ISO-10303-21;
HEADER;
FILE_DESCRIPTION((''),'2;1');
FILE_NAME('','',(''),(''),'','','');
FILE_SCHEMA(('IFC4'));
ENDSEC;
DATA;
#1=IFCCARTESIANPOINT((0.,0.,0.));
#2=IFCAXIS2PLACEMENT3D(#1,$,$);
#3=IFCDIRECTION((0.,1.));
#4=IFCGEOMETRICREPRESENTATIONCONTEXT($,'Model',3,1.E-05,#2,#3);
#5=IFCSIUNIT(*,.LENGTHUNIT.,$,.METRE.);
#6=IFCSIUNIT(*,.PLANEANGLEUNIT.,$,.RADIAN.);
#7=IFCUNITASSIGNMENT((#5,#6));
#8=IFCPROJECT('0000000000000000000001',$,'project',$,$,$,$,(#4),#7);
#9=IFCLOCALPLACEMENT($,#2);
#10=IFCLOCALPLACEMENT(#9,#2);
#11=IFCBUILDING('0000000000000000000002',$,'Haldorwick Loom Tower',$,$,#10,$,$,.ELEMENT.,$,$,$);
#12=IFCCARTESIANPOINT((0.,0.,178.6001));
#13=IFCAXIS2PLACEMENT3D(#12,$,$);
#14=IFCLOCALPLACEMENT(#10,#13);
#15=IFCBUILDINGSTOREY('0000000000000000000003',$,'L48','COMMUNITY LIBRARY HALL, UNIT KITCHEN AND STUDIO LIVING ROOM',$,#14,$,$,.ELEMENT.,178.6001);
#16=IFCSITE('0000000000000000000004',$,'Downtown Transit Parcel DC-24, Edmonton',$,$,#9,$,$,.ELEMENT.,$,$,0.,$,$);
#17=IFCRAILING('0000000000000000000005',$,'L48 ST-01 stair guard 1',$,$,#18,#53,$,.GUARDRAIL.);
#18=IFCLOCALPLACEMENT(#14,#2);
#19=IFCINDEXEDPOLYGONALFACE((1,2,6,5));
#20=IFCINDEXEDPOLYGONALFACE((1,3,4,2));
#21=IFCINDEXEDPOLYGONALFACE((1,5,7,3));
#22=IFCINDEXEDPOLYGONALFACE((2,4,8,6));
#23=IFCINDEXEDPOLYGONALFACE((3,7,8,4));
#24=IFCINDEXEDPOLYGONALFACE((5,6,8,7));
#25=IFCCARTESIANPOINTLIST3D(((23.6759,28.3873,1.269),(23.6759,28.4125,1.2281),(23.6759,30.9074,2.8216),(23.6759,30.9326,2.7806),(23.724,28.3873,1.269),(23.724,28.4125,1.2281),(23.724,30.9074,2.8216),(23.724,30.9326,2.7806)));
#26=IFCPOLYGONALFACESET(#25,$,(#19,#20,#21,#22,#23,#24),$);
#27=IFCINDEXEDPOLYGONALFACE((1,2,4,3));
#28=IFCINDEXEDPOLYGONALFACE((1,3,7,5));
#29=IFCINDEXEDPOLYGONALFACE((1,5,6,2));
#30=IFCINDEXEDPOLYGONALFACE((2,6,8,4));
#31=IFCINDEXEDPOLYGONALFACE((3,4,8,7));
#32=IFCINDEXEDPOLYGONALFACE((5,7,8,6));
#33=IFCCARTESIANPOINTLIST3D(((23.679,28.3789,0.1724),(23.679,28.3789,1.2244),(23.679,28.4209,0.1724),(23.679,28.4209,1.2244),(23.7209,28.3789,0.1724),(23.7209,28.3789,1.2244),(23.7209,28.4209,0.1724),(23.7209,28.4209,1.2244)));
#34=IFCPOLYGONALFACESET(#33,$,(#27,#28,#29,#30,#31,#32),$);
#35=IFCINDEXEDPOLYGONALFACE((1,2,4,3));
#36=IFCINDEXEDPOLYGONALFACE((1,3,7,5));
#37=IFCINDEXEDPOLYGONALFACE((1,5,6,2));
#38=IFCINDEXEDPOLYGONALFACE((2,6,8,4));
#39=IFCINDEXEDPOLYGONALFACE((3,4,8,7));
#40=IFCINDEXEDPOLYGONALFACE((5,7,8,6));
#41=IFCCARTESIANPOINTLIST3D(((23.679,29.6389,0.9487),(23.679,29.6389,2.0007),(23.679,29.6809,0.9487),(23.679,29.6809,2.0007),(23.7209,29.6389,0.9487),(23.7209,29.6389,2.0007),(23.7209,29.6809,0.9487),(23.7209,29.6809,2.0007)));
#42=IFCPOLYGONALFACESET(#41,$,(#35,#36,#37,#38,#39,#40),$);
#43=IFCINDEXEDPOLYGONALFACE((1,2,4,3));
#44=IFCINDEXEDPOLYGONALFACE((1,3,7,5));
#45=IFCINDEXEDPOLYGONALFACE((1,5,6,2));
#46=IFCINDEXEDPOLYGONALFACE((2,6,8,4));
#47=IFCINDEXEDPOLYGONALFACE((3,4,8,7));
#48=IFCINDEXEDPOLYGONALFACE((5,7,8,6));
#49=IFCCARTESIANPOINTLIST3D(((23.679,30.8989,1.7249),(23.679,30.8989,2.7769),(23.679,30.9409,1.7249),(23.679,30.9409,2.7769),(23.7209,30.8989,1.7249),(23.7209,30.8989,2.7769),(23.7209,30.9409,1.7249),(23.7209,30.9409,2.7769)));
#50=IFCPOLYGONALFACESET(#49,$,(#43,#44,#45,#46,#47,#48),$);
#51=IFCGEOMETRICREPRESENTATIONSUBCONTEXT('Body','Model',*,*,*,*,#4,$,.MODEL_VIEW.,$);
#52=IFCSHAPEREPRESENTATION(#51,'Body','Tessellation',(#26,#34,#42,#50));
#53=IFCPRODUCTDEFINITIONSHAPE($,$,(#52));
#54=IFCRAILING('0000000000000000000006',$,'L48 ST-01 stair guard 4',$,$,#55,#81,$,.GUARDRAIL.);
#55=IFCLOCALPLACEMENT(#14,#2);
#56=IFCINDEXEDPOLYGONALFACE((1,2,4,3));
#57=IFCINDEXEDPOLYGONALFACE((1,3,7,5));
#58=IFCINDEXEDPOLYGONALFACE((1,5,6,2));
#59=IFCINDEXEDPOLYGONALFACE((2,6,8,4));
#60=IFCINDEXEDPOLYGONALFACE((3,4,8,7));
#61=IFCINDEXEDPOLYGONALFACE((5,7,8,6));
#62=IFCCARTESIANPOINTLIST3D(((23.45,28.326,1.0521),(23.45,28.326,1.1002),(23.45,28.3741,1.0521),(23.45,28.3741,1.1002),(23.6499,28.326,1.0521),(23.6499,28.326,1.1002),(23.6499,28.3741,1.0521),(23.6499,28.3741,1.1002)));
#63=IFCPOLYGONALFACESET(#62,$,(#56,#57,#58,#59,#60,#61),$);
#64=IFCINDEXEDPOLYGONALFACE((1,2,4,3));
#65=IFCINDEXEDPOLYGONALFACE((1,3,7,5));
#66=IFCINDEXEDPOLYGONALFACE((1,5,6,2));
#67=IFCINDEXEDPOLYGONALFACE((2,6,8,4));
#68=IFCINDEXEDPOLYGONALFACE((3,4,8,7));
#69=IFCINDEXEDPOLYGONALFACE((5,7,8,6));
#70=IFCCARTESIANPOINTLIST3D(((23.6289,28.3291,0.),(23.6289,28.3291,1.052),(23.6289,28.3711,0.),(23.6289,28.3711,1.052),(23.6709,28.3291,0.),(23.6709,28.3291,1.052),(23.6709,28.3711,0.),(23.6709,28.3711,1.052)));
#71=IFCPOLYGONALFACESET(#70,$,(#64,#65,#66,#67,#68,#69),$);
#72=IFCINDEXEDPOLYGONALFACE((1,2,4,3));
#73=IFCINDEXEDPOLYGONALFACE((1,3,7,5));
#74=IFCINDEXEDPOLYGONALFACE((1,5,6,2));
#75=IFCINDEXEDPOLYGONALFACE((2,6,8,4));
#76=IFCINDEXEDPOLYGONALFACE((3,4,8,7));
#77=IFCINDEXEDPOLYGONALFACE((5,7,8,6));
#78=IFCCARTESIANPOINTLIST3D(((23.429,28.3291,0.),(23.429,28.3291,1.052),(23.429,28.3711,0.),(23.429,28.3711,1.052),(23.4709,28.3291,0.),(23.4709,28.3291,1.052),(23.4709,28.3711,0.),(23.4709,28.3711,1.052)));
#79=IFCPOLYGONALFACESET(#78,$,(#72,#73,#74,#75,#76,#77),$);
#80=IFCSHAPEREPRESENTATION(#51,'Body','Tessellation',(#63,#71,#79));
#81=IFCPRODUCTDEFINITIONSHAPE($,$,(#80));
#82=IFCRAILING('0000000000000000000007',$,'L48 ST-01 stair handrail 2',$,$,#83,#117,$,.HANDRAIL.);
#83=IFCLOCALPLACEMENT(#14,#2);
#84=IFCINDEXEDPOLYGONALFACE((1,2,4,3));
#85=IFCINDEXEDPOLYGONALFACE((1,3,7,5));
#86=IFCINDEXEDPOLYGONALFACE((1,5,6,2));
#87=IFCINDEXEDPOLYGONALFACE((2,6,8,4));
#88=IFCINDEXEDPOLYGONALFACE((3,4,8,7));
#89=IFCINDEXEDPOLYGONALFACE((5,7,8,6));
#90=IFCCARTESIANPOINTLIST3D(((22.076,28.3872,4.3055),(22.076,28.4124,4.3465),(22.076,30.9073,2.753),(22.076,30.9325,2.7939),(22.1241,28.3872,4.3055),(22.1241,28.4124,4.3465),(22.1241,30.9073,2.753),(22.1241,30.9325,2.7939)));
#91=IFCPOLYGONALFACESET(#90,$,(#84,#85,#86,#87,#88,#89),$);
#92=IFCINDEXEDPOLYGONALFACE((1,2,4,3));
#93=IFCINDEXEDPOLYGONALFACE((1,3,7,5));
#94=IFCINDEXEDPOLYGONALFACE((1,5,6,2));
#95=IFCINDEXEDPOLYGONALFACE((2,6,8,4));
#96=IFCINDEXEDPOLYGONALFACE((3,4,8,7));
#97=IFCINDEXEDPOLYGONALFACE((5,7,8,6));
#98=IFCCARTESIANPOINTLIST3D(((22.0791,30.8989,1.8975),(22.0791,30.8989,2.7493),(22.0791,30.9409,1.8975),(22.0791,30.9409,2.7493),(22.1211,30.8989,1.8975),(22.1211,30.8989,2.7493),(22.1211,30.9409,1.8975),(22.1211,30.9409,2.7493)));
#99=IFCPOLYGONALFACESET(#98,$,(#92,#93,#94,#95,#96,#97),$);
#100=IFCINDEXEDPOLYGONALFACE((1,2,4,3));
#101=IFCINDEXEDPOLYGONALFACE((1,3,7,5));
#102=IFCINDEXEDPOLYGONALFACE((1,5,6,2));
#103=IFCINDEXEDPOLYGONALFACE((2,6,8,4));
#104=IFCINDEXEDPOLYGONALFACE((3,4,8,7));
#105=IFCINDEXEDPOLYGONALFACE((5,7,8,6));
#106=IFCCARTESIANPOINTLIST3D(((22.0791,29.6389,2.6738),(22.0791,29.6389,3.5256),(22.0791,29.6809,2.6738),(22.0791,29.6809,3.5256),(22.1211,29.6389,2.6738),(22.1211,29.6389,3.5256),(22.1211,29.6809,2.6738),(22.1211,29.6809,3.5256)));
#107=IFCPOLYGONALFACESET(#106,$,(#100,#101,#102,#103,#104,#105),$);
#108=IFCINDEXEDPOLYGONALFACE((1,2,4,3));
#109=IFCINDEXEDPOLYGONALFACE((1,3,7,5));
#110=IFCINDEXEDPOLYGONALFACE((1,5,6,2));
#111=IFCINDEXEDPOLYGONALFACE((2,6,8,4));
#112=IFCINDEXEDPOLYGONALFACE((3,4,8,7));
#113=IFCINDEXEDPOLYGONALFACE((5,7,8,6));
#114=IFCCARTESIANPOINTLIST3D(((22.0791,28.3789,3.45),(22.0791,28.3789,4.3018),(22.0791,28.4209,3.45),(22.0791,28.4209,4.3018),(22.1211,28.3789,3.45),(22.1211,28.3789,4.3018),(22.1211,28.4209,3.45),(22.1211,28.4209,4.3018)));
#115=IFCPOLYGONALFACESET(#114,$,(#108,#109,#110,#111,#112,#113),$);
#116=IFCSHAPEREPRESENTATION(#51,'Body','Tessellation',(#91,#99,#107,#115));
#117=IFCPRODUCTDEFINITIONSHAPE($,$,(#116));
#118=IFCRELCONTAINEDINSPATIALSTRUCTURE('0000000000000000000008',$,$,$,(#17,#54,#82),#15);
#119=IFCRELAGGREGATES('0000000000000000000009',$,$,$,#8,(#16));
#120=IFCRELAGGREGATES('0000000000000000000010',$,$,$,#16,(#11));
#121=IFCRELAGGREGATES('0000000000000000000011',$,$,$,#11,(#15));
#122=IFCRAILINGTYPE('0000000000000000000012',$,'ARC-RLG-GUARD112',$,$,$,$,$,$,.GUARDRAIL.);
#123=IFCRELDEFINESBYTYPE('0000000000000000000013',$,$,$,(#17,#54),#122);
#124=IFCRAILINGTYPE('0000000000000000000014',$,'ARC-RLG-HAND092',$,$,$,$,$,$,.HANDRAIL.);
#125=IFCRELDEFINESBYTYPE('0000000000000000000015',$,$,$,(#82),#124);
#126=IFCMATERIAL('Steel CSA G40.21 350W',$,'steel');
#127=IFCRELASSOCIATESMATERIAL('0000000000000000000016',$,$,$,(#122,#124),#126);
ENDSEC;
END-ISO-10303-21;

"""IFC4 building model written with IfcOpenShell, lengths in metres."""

from ifc_helpers import new_model, si_unit, direction, frame, origin, origin_2d, place, context, subcontext, project, spatial, rectangle, extrude, material, type_object, element, save


model = new_model("IFC4")

# Units and contexts
model_context = context("Model", 3, precision=1e-05, world=origin(), true_north=direction((0.0, 1.0)))
body_context = subcontext(model_context, "Body", "Model", "MODEL_VIEW")
ifc_project = project(units=[si_unit("LENGTHUNIT", "METRE"), si_unit("PLANEANGLEUNIT", "RADIAN")], contexts=[model_context])

# Site, building, storey
site_placement = place(None, origin())
site = spatial("IfcSite", under=ifc_project, at=site_placement, Name="Downtown Transit Parcel DC-24, Edmonton", CompositionType="ELEMENT", RefElevation=0.0)
building_placement = place(site_placement, origin())
building = spatial("IfcBuilding", under=site, at=building_placement, Name="Haldorwick Loom Tower", CompositionType="ELEMENT")
storey_placement = place(building_placement, frame((0.0, 0.0, 178.6001)))
storey = spatial("IfcBuildingStorey", under=building, at=storey_placement, Name="L48", Description="COMMUNITY LIBRARY HALL, UNIT KITCHEN AND STUDIO LIVING ROOM", CompositionType="ELEMENT", Elevation=178.6001)

# Shared definitions
ifc_material_1 = material(Name="Steel CSA G40.21 350W", Category="steel")

# Railings
railing_type_1 = type_object("IfcRailingType", Name="ARC-RLG-GUARD112", PredefinedType="GUARDRAIL", material=ifc_material_1)
railing_1_placement = place(storey_placement, frame((23.7, 28.3999, 0.1724)))
element("IfcRailing", 1, at=railing_1_placement, inside=storey, type_object=railing_type_1, Name="L48 ST-01 stair guard 1", PredefinedType="GUARDRAIL", context=body_context, shape_type="SweptSolid", body=[
    extrude(rectangle(XDim=0.0481, YDim=0.0481, at=origin_2d()), frame((0.0, 0.0, 1.0762), z_axis=(0.0, 0.8514, 0.524516), x_axis=(-1.0, 0.0, 0.0)), (0.0, 0.0, 1.0), 2.96),
    extrude(rectangle(XDim=0.042, YDim=0.042, at=origin_2d()), origin(), (0.0, 0.0, 1.0), 1.052),
    extrude(rectangle(XDim=0.042, YDim=0.042, at=origin_2d()), frame((0.0, 1.26, 0.7764)), (0.0, 0.0, 1.0), 1.052),
    extrude(rectangle(XDim=0.042, YDim=0.042, at=origin_2d()), frame((0.0, 2.52, 1.5525)), (0.0, 0.0, 1.0), 1.052),
])
railing_2_placement = place(storey_placement, frame((23.6499, 28.3501, 0.0)))
element("IfcRailing", 2, at=railing_2_placement, inside=storey, type_object=railing_type_1, Name="L48 ST-01 stair guard 4", PredefinedType="GUARDRAIL", context=body_context, shape_type="SweptSolid", body=[
    extrude(rectangle(XDim=0.0481, YDim=0.0481, at=origin_2d()), frame((0.0, 0.0, 1.0762), z_axis=(-1.0, 0.0, 0.0), x_axis=(0.0, -1.0, 0.0)), (0.0, 0.0, 1.0), 0.2),
    extrude(rectangle(XDim=0.042, YDim=0.042, at=origin_2d()), origin(), (0.0, 0.0, 1.0), 1.052),
    extrude(rectangle(XDim=0.042, YDim=0.042, at=origin_2d()), frame((-0.2, 0.0, 0.0)), (0.0, 0.0, 1.0), 1.052),
])
railing_type_2 = type_object("IfcRailingType", Name="ARC-RLG-HAND092", PredefinedType="HANDRAIL", material=ifc_material_1)
railing_3_placement = place(storey_placement, frame((22.1001, 30.9199, 1.8975)))
element("IfcRailing", 3, at=railing_3_placement, inside=storey, type_object=railing_type_2, Name="L48 ST-01 stair handrail 2", PredefinedType="HANDRAIL", context=body_context, shape_type="SweptSolid", body=[
    extrude(rectangle(XDim=0.0481, YDim=0.0481, at=origin_2d()), frame((0.0, 0.0, 0.876), z_axis=(0.0, -0.8514, 0.524516), x_axis=(1.0, 0.0, 0.0)), (0.0, 0.0, 1.0), 2.96),
    extrude(rectangle(XDim=0.042, YDim=0.042, at=origin_2d()), origin(), (0.0, 0.0, 1.0), 0.8518),
    extrude(rectangle(XDim=0.042, YDim=0.042, at=origin_2d()), frame((0.0, -1.26, 0.7764)), (0.0, 0.0, 1.0), 0.8518),
    extrude(rectangle(XDim=0.042, YDim=0.042, at=origin_2d()), frame((0.0, -2.52, 1.5525)), (0.0, 0.0, 1.0), 0.8518),
])

save(model, "model.ifc")
